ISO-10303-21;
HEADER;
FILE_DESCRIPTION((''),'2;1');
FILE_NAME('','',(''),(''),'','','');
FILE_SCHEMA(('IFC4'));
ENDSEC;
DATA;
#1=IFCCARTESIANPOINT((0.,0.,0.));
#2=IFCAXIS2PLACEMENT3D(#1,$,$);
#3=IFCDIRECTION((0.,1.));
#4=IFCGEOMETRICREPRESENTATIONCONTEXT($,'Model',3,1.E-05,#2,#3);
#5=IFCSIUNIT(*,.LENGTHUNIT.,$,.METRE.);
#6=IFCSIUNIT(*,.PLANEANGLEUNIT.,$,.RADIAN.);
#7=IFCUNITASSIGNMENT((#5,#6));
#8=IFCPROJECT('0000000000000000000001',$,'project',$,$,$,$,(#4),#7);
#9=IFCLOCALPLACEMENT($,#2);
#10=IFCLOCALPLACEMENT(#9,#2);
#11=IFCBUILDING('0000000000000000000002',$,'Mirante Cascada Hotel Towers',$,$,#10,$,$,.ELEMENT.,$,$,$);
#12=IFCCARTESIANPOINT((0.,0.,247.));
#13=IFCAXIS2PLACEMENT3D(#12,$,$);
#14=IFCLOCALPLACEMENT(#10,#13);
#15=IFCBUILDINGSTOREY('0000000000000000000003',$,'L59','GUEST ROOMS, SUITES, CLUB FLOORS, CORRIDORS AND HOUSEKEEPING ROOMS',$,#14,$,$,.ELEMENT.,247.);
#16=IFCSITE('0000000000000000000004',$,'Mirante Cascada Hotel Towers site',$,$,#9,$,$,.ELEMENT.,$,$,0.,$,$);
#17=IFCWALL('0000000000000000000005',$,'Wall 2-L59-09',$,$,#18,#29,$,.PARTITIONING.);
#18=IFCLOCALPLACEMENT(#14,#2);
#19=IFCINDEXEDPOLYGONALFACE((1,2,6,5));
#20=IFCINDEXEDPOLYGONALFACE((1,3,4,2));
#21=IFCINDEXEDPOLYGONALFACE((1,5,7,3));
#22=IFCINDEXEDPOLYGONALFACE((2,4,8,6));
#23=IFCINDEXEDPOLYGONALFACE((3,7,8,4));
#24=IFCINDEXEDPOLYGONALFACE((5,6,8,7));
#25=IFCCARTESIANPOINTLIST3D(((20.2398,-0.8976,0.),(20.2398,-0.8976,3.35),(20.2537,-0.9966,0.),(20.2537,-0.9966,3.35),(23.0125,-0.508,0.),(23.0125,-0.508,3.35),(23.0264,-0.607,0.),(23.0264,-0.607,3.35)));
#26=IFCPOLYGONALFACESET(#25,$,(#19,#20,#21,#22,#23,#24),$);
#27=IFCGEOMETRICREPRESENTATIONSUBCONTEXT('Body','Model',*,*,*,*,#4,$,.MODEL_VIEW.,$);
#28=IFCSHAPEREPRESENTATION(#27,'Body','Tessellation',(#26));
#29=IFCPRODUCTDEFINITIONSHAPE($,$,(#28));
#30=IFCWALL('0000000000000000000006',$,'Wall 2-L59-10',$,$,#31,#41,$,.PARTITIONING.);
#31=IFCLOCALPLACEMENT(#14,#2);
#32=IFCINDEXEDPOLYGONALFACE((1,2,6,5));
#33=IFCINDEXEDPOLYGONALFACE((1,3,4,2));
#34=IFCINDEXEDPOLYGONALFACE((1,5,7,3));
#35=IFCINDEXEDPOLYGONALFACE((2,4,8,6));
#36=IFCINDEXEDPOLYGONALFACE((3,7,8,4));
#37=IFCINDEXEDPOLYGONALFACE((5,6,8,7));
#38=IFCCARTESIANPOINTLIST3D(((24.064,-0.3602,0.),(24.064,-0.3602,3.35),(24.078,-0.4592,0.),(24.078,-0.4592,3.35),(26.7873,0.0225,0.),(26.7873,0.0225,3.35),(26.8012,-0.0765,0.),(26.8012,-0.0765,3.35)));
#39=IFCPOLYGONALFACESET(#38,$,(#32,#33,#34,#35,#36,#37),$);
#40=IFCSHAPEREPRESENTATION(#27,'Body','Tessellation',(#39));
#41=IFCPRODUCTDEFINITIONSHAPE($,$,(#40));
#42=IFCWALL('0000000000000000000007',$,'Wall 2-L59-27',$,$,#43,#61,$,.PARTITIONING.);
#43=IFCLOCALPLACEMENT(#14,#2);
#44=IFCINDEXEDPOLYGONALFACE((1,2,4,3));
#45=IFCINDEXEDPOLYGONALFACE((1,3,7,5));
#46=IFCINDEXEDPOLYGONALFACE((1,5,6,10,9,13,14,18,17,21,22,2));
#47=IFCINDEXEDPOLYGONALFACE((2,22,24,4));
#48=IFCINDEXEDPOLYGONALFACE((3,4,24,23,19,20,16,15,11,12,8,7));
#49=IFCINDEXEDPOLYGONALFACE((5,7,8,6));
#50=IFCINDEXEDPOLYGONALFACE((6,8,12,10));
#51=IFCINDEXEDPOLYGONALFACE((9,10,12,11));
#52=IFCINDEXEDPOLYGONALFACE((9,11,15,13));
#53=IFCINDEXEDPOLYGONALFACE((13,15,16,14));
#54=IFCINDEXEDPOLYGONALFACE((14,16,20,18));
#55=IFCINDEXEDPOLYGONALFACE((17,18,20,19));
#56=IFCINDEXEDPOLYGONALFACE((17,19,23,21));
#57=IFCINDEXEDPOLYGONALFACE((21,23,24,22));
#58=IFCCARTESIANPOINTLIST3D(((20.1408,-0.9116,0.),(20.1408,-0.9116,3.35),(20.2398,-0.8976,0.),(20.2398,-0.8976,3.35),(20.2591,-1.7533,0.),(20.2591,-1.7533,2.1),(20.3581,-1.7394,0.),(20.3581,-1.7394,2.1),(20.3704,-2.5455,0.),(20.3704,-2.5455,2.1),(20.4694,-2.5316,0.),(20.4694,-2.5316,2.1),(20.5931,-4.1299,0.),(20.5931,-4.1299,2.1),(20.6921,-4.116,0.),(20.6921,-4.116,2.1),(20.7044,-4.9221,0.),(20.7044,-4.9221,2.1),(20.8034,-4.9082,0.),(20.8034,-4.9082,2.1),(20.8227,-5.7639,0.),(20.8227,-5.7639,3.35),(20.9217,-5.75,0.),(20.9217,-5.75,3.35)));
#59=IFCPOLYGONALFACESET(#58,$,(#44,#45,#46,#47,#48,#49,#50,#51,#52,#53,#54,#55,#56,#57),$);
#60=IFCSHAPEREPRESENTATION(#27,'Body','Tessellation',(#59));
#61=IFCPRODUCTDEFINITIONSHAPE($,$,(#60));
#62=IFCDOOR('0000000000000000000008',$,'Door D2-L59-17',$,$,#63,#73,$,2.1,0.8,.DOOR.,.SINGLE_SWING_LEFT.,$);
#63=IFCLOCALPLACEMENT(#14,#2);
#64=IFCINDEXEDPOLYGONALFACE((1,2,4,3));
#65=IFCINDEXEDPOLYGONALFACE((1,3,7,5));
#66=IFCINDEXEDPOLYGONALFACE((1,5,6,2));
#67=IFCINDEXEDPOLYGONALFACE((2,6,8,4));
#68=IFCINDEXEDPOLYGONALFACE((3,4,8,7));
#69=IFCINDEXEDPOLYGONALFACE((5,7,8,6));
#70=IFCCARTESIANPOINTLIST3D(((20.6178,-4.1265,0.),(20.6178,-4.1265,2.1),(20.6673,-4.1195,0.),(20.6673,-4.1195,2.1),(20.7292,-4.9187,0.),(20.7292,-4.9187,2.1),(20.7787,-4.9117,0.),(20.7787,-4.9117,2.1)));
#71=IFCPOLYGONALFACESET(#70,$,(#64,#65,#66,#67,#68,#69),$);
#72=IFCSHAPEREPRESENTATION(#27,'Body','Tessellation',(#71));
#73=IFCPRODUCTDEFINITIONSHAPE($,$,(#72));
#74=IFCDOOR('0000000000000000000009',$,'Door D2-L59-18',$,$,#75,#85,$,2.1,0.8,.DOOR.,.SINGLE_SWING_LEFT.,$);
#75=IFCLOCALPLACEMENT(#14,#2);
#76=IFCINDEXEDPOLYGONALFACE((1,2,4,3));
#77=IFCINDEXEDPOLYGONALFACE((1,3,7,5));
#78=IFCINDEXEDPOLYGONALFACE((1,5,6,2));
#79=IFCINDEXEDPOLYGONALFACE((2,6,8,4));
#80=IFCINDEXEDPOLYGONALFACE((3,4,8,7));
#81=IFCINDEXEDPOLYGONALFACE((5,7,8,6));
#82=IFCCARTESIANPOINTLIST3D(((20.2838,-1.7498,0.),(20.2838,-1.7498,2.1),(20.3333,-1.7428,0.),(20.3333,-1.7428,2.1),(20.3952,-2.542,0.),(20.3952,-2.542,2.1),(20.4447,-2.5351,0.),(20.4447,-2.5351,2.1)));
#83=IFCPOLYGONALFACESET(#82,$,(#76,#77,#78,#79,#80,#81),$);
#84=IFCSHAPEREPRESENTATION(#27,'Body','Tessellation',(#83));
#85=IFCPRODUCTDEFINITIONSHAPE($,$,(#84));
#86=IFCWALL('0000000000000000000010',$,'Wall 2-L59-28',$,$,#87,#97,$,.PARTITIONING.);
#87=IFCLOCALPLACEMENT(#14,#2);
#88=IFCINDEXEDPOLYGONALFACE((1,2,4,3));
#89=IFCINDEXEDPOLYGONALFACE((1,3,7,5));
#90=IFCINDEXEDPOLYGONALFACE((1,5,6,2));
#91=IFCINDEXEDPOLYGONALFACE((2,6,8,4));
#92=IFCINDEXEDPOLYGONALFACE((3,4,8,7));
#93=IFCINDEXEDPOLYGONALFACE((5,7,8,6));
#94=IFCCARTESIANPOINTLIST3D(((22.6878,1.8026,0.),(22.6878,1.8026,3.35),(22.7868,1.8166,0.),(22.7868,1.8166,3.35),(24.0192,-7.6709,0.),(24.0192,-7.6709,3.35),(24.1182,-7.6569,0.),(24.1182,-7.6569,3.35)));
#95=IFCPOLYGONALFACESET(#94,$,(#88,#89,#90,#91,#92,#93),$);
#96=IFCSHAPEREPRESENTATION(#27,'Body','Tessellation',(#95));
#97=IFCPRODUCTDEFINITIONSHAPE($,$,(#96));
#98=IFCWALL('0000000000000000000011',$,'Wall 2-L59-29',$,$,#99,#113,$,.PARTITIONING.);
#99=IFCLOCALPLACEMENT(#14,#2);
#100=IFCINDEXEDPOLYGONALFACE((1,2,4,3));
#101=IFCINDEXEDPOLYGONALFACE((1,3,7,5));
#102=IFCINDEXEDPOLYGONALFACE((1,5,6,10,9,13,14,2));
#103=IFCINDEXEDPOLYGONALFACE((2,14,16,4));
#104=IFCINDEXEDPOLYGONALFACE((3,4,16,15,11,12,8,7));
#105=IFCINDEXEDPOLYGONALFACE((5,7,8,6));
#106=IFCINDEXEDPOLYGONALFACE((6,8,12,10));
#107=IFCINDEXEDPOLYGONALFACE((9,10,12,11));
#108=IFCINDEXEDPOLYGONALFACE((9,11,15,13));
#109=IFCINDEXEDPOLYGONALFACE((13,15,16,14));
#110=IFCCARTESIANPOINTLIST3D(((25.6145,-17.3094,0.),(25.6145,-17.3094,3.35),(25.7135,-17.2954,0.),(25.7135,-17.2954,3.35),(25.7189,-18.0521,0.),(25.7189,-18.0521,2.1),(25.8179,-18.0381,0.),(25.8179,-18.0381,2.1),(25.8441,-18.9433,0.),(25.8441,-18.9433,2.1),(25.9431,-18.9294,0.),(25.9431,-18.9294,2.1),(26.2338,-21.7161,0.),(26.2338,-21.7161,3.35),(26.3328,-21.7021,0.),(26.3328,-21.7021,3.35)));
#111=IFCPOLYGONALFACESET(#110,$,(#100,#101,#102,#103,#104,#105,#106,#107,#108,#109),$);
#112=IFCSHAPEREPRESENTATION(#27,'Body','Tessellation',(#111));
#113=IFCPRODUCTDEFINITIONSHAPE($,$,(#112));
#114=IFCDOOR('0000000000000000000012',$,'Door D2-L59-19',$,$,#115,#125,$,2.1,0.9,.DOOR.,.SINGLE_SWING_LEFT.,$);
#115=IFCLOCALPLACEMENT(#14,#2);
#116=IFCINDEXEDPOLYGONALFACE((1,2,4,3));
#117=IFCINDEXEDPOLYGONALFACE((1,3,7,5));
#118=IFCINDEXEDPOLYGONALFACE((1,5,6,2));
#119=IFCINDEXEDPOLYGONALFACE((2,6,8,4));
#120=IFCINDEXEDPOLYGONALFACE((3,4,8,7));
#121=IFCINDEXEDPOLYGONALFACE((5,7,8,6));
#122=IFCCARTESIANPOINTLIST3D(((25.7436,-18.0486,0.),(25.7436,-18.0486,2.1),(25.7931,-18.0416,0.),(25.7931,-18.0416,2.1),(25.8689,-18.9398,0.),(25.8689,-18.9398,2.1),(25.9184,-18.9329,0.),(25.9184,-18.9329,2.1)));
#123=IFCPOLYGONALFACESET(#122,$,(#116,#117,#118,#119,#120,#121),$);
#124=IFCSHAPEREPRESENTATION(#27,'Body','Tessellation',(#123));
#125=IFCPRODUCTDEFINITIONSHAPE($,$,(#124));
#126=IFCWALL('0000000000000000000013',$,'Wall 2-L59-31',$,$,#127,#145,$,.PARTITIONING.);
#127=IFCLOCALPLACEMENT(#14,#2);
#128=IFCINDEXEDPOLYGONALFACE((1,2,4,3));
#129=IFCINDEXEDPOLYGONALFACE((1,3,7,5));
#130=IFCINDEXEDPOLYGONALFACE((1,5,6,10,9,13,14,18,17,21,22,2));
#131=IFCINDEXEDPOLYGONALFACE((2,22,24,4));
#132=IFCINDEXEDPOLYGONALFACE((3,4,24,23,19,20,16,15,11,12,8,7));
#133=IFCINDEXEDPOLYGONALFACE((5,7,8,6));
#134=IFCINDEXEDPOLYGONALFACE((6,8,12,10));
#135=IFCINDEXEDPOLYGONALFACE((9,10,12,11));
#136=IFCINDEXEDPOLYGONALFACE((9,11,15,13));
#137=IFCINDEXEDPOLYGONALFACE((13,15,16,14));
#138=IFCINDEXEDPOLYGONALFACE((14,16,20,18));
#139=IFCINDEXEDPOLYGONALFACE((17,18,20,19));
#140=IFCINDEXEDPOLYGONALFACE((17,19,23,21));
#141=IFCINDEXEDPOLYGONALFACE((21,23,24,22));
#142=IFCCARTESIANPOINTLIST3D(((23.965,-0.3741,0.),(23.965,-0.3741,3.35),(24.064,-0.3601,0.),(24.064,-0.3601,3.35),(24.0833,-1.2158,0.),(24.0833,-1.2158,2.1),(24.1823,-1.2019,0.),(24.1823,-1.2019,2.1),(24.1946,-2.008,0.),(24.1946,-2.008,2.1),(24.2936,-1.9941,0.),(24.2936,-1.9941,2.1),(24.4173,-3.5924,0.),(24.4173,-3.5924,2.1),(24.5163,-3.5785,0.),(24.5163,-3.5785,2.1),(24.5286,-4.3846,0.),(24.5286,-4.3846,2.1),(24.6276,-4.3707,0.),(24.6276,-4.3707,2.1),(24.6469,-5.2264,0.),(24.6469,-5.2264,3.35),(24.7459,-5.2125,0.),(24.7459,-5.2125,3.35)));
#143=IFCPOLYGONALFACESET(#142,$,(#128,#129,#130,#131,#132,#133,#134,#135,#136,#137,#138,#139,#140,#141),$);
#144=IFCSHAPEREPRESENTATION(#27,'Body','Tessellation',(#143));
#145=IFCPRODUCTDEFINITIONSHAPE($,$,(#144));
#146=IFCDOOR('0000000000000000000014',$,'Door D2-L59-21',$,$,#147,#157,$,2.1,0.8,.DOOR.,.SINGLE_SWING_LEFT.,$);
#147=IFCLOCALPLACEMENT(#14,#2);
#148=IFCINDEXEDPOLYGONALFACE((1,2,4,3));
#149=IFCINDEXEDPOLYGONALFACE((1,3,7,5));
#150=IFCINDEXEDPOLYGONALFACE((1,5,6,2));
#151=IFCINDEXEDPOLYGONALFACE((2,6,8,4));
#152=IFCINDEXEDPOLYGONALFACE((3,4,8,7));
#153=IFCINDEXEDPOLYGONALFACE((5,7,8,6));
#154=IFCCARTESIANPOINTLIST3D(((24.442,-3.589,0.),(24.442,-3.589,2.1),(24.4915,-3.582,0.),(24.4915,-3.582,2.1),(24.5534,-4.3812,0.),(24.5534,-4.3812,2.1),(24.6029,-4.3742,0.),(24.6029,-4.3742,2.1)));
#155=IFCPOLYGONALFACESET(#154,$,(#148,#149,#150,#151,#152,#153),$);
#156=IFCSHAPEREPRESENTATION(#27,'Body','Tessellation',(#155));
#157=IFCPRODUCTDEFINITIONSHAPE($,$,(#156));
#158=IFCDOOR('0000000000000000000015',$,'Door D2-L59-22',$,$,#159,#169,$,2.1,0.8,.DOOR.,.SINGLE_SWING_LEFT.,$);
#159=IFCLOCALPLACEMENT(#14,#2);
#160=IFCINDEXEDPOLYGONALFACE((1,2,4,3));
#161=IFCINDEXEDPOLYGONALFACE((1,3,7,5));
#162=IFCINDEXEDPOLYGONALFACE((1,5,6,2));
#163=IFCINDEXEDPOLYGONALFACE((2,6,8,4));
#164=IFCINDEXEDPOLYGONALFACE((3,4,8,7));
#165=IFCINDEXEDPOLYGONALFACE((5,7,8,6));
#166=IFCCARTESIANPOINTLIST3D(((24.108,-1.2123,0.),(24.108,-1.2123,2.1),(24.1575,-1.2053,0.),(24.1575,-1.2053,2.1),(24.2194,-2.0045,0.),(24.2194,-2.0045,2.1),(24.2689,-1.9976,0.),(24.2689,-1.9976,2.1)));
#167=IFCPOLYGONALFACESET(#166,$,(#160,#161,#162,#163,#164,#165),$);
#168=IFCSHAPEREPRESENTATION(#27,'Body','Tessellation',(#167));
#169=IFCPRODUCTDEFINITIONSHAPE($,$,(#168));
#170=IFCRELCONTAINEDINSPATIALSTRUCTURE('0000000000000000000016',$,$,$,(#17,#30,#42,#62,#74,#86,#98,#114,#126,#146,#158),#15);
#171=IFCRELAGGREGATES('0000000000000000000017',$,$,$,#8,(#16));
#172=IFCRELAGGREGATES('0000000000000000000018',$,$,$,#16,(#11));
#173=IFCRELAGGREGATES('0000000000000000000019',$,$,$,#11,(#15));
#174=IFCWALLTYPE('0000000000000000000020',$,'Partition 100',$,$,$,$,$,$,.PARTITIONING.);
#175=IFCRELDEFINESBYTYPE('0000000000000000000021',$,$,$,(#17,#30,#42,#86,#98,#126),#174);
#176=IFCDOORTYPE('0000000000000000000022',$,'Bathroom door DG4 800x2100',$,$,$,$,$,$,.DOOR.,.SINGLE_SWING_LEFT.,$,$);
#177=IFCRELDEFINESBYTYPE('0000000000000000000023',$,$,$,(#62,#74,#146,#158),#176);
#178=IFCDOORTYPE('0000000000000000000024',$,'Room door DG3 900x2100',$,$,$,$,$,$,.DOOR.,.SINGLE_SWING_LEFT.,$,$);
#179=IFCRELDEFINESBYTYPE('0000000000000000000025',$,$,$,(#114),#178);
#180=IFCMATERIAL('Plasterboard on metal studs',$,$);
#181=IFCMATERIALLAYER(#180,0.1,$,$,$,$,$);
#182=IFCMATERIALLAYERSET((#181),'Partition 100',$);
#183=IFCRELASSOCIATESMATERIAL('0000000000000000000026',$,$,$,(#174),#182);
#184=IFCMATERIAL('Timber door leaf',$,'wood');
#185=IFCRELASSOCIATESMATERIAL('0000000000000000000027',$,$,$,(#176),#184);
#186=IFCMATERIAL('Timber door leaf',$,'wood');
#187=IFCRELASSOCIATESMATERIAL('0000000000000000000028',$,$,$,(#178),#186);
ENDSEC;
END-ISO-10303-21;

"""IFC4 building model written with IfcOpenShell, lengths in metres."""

from ifc_helpers import new_model, si_unit, direction, frame, frame_2d, origin, place, context, subcontext, project, spatial, rectangle, extrude, material, layer, layer_set, type_object, element, fill, save


model = new_model("IFC4")

# Units and contexts
model_context = context("Model", 3, precision=1e-05, world=origin(), true_north=direction((0.0, 1.0)))
body_context = subcontext(model_context, "Body", "Model", "MODEL_VIEW")
ifc_project = project(units=[si_unit("LENGTHUNIT", "METRE"), si_unit("PLANEANGLEUNIT", "RADIAN")], contexts=[model_context])

# Site, building, storey
site_placement = place(None, origin())
site = spatial("IfcSite", under=ifc_project, at=site_placement, Name="Mirante Cascada Hotel Towers site", CompositionType="ELEMENT", RefElevation=0.0)
building_placement = place(site_placement, origin())
building = spatial("IfcBuilding", under=site, at=building_placement, Name="Mirante Cascada Hotel Towers", CompositionType="ELEMENT")
storey_placement = place(building_placement, frame((0.0, 0.0, 247.0)))
storey = spatial("IfcBuildingStorey", under=building, at=storey_placement, Name="L59", Description="GUEST ROOMS, SUITES, CLUB FLOORS, CORRIDORS AND HOUSEKEEPING ROOMS", CompositionType="ELEMENT", Elevation=247.0)

# Walls
ifc_material_1 = material(Name="Plasterboard on metal studs")
ifc_layer_1 = layer(ifc_material_1, 0.1)
ifc_layer_set_1 = layer_set([ifc_layer_1], Name="Partition 100")
wall_type_1 = type_object("IfcWallType", Name="Partition 100", PredefinedType="PARTITIONING", material=ifc_layer_set_1)
wall_1_placement = place(storey_placement, frame((23.0195, -0.5575, 0.0), z_axis=(0.0, 0.0, 1.0), x_axis=(-0.990272, -0.139146, 0.0)))
element("IfcWall", 1, at=wall_1_placement, inside=storey, type_object=wall_type_1, Name="Wall 2-L59-09", PredefinedType="PARTITIONING", context=body_context, shape_type="SweptSolid", body=[
    extrude(rectangle(XDim=2.7999, YDim=0.1, at=frame_2d((1.4, 0.0))), origin(), (0.0, 0.0, 1.0), 3.35),
])
wall_2_placement = place(storey_placement, frame((24.071, -0.4097, 0.0), z_axis=(0.0, 0.0, 1.0), x_axis=(0.990269, 0.139166, 0.0)))
element("IfcWall", 2, at=wall_2_placement, inside=storey, type_object=wall_type_1, Name="Wall 2-L59-10", PredefinedType="PARTITIONING", context=body_context, shape_type="SweptSolid", body=[
    extrude(rectangle(XDim=2.75, YDim=0.1, at=frame_2d((1.375, 0.0))), origin(), (0.0, 0.0, 1.0), 3.35),
])

# Wall, openings, doors
wall_3_placement = place(storey_placement, frame((20.1903, -0.9046, 0.0), z_axis=(0.0, 0.0, 1.0), x_axis=(0.139164, -0.990269, 0.0)))
wall_3 = element("IfcWall", 3, at=wall_3_placement, inside=storey, type_object=wall_type_1, Name="Wall 2-L59-27", PredefinedType="PARTITIONING", context=body_context, shape_type="SweptSolid", body=[
    extrude(rectangle(XDim=4.9, YDim=0.1, at=frame_2d((2.45, 0.0))), origin(), (0.0, 0.0, 1.0), 3.35),
])
opening_1_placement = place(wall_3_placement, frame((3.25, 0.0, 0.0)))
opening_1 = element("IfcOpeningElement", 4, at=opening_1_placement, cuts=wall_3, PredefinedType="OPENING", context=body_context, shape_type="SweptSolid", body=[
    extrude(rectangle(XDim=0.8, YDim=2.1, at=frame_2d((0.4, 1.05))), frame((0.0, 0.05, 0.0), z_axis=(0.0, -1.0, 0.0), x_axis=(1.0, 0.0, 0.0)), (0.0, 0.0, 1.0), 0.1),
])
opening_2_placement = place(wall_3_placement, frame((0.85, 0.0, 0.0)))
opening_2 = element("IfcOpeningElement", 5, at=opening_2_placement, cuts=wall_3, PredefinedType="OPENING", context=body_context, shape_type="SweptSolid", body=[
    extrude(rectangle(XDim=0.8, YDim=2.1, at=frame_2d((0.4, 1.05))), frame((0.0, 0.05, 0.0), z_axis=(0.0, -1.0, 0.0), x_axis=(1.0, 0.0, 0.0)), (0.0, 0.0, 1.0), 0.1),
])
ifc_material_2 = material(Name="Timber door leaf", Category="wood")
door_type_1 = type_object("IfcDoorType", Name="Bathroom door DG4 800x2100", OperationType="SINGLE_SWING_LEFT", PredefinedType="DOOR", material=ifc_material_2)
door_1_placement = place(opening_1_placement, origin())
door_1 = element("IfcDoor", 6, at=door_1_placement, inside=storey, type_object=door_type_1, Name="Door D2-L59-17", OperationType="SINGLE_SWING_LEFT", OverallHeight=2.1, OverallWidth=0.8, PredefinedType="DOOR", context=body_context, shape_type="SweptSolid", body=[
    extrude(rectangle(XDim=0.8, YDim=2.1, at=frame_2d((0.4, 1.05))), frame((0.0, 0.025, 0.0), z_axis=(0.0, -1.0, 0.0), x_axis=(1.0, 0.0, 0.0)), (0.0, 0.0, 1.0), 0.05),
])
fill(opening_1, door_1)
door_2_placement = place(opening_2_placement, origin())
door_2 = element("IfcDoor", 7, at=door_2_placement, inside=storey, type_object=door_type_1, Name="Door D2-L59-18", OperationType="SINGLE_SWING_LEFT", OverallHeight=2.1, OverallWidth=0.8, PredefinedType="DOOR", context=body_context, shape_type="SweptSolid", body=[
    extrude(rectangle(XDim=0.8, YDim=2.1, at=frame_2d((0.4, 1.05))), frame((0.0, 0.025, 0.0), z_axis=(0.0, -1.0, 0.0), x_axis=(1.0, 0.0, 0.0)), (0.0, 0.0, 1.0), 0.05),
])
fill(opening_2, door_2)

# Wall
wall_4_placement = place(storey_placement, frame((24.0687, -7.6639, 0.0), z_axis=(0.0, 0.0, 1.0), x_axis=(-0.139172, 0.990268, 0.0)))
element("IfcWall", 8, at=wall_4_placement, inside=storey, type_object=wall_type_1, Name="Wall 2-L59-28", PredefinedType="PARTITIONING", context=body_context, shape_type="SweptSolid", body=[
    extrude(rectangle(XDim=9.5666, YDim=0.1, at=frame_2d((4.7833, 0.0))), origin(), (0.0, 0.0, 1.0), 3.35),
])

# Wall, opening, door
wall_5_placement = place(storey_placement, frame((25.664, -17.3024, 0.0), z_axis=(0.0, 0.0, 1.0), x_axis=(0.139168, -0.990269, 0.0)))
wall_5 = element("IfcWall", 9, at=wall_5_placement, inside=storey, type_object=wall_type_1, Name="Wall 2-L59-29", PredefinedType="PARTITIONING", context=body_context, shape_type="SweptSolid", body=[
    extrude(rectangle(XDim=4.45, YDim=0.1, at=frame_2d((2.225, 0.0))), origin(), (0.0, 0.0, 1.0), 3.35),
])
opening_3_placement = place(wall_5_placement, frame((0.75, 0.0, 0.0)))
opening_3 = element("IfcOpeningElement", 10, at=opening_3_placement, cuts=wall_5, PredefinedType="OPENING", context=body_context, shape_type="SweptSolid", body=[
    extrude(rectangle(XDim=0.9, YDim=2.1, at=frame_2d((0.45, 1.05))), frame((0.0, 0.05, 0.0), z_axis=(0.0, -1.0, 0.0), x_axis=(1.0, 0.0, 0.0)), (0.0, 0.0, 1.0), 0.1),
])
ifc_material_3 = material(Name="Timber door leaf", Category="wood")
door_type_2 = type_object("IfcDoorType", Name="Room door DG3 900x2100", OperationType="SINGLE_SWING_LEFT", PredefinedType="DOOR", material=ifc_material_3)
door_3_placement = place(opening_3_placement, origin())
door_3 = element("IfcDoor", 11, at=door_3_placement, inside=storey, type_object=door_type_2, Name="Door D2-L59-19", OperationType="SINGLE_SWING_LEFT", OverallHeight=2.1, OverallWidth=0.9, PredefinedType="DOOR", context=body_context, shape_type="SweptSolid", body=[
    extrude(rectangle(XDim=0.9, YDim=2.1, at=frame_2d((0.45, 1.05))), frame((0.0, 0.025, 0.0), z_axis=(0.0, -1.0, 0.0), x_axis=(1.0, 0.0, 0.0)), (0.0, 0.0, 1.0), 0.05),
])
fill(opening_3, door_3)

# Wall, openings, doors
wall_6_placement = place(storey_placement, frame((24.0145, -0.3671, 0.0), z_axis=(0.0, 0.0, 1.0), x_axis=(0.139164, -0.990269, 0.0)))
wall_6 = element("IfcWall", 12, at=wall_6_placement, inside=storey, type_object=wall_type_1, Name="Wall 2-L59-31", PredefinedType="PARTITIONING", context=body_context, shape_type="SweptSolid", body=[
    extrude(rectangle(XDim=4.9, YDim=0.1, at=frame_2d((2.45, 0.0))), origin(), (0.0, 0.0, 1.0), 3.35),
])
opening_4_placement = place(wall_6_placement, frame((3.25, 0.0, 0.0)))
opening_4 = element("IfcOpeningElement", 13, at=opening_4_placement, cuts=wall_6, PredefinedType="OPENING", context=body_context, shape_type="SweptSolid", body=[
    extrude(rectangle(XDim=0.8, YDim=2.1, at=frame_2d((0.4, 1.05))), frame((0.0, 0.05, 0.0), z_axis=(0.0, -1.0, 0.0), x_axis=(1.0, 0.0, 0.0)), (0.0, 0.0, 1.0), 0.1),
])
opening_5_placement = place(wall_6_placement, frame((0.85, 0.0, 0.0)))
opening_5 = element("IfcOpeningElement", 14, at=opening_5_placement, cuts=wall_6, PredefinedType="OPENING", context=body_context, shape_type="SweptSolid", body=[
    extrude(rectangle(XDim=0.8, YDim=2.1, at=frame_2d((0.4, 1.05))), frame((0.0, 0.05, 0.0), z_axis=(0.0, -1.0, 0.0), x_axis=(1.0, 0.0, 0.0)), (0.0, 0.0, 1.0), 0.1),
])
door_4_placement = place(opening_4_placement, origin())
door_4 = element("IfcDoor", 15, at=door_4_placement, inside=storey, type_object=door_type_1, Name="Door D2-L59-21", OperationType="SINGLE_SWING_LEFT", OverallHeight=2.1, OverallWidth=0.8, PredefinedType="DOOR", context=body_context, shape_type="SweptSolid", body=[
    extrude(rectangle(XDim=0.8, YDim=2.1, at=frame_2d((0.4, 1.05))), frame((0.0, 0.025, 0.0), z_axis=(0.0, -1.0, 0.0), x_axis=(1.0, 0.0, 0.0)), (0.0, 0.0, 1.0), 0.05),
])
fill(opening_4, door_4)
door_5_placement = place(opening_5_placement, origin())
door_5 = element("IfcDoor", 16, at=door_5_placement, inside=storey, type_object=door_type_1, Name="Door D2-L59-22", OperationType="SINGLE_SWING_LEFT", OverallHeight=2.1, OverallWidth=0.8, PredefinedType="DOOR", context=body_context, shape_type="SweptSolid", body=[
    extrude(rectangle(XDim=0.8, YDim=2.1, at=frame_2d((0.4, 1.05))), frame((0.0, 0.025, 0.0), z_axis=(0.0, -1.0, 0.0), x_axis=(1.0, 0.0, 0.0)), (0.0, 0.0, 1.0), 0.05),
])
fill(opening_5, door_5)

save(model, "model.ifc")
